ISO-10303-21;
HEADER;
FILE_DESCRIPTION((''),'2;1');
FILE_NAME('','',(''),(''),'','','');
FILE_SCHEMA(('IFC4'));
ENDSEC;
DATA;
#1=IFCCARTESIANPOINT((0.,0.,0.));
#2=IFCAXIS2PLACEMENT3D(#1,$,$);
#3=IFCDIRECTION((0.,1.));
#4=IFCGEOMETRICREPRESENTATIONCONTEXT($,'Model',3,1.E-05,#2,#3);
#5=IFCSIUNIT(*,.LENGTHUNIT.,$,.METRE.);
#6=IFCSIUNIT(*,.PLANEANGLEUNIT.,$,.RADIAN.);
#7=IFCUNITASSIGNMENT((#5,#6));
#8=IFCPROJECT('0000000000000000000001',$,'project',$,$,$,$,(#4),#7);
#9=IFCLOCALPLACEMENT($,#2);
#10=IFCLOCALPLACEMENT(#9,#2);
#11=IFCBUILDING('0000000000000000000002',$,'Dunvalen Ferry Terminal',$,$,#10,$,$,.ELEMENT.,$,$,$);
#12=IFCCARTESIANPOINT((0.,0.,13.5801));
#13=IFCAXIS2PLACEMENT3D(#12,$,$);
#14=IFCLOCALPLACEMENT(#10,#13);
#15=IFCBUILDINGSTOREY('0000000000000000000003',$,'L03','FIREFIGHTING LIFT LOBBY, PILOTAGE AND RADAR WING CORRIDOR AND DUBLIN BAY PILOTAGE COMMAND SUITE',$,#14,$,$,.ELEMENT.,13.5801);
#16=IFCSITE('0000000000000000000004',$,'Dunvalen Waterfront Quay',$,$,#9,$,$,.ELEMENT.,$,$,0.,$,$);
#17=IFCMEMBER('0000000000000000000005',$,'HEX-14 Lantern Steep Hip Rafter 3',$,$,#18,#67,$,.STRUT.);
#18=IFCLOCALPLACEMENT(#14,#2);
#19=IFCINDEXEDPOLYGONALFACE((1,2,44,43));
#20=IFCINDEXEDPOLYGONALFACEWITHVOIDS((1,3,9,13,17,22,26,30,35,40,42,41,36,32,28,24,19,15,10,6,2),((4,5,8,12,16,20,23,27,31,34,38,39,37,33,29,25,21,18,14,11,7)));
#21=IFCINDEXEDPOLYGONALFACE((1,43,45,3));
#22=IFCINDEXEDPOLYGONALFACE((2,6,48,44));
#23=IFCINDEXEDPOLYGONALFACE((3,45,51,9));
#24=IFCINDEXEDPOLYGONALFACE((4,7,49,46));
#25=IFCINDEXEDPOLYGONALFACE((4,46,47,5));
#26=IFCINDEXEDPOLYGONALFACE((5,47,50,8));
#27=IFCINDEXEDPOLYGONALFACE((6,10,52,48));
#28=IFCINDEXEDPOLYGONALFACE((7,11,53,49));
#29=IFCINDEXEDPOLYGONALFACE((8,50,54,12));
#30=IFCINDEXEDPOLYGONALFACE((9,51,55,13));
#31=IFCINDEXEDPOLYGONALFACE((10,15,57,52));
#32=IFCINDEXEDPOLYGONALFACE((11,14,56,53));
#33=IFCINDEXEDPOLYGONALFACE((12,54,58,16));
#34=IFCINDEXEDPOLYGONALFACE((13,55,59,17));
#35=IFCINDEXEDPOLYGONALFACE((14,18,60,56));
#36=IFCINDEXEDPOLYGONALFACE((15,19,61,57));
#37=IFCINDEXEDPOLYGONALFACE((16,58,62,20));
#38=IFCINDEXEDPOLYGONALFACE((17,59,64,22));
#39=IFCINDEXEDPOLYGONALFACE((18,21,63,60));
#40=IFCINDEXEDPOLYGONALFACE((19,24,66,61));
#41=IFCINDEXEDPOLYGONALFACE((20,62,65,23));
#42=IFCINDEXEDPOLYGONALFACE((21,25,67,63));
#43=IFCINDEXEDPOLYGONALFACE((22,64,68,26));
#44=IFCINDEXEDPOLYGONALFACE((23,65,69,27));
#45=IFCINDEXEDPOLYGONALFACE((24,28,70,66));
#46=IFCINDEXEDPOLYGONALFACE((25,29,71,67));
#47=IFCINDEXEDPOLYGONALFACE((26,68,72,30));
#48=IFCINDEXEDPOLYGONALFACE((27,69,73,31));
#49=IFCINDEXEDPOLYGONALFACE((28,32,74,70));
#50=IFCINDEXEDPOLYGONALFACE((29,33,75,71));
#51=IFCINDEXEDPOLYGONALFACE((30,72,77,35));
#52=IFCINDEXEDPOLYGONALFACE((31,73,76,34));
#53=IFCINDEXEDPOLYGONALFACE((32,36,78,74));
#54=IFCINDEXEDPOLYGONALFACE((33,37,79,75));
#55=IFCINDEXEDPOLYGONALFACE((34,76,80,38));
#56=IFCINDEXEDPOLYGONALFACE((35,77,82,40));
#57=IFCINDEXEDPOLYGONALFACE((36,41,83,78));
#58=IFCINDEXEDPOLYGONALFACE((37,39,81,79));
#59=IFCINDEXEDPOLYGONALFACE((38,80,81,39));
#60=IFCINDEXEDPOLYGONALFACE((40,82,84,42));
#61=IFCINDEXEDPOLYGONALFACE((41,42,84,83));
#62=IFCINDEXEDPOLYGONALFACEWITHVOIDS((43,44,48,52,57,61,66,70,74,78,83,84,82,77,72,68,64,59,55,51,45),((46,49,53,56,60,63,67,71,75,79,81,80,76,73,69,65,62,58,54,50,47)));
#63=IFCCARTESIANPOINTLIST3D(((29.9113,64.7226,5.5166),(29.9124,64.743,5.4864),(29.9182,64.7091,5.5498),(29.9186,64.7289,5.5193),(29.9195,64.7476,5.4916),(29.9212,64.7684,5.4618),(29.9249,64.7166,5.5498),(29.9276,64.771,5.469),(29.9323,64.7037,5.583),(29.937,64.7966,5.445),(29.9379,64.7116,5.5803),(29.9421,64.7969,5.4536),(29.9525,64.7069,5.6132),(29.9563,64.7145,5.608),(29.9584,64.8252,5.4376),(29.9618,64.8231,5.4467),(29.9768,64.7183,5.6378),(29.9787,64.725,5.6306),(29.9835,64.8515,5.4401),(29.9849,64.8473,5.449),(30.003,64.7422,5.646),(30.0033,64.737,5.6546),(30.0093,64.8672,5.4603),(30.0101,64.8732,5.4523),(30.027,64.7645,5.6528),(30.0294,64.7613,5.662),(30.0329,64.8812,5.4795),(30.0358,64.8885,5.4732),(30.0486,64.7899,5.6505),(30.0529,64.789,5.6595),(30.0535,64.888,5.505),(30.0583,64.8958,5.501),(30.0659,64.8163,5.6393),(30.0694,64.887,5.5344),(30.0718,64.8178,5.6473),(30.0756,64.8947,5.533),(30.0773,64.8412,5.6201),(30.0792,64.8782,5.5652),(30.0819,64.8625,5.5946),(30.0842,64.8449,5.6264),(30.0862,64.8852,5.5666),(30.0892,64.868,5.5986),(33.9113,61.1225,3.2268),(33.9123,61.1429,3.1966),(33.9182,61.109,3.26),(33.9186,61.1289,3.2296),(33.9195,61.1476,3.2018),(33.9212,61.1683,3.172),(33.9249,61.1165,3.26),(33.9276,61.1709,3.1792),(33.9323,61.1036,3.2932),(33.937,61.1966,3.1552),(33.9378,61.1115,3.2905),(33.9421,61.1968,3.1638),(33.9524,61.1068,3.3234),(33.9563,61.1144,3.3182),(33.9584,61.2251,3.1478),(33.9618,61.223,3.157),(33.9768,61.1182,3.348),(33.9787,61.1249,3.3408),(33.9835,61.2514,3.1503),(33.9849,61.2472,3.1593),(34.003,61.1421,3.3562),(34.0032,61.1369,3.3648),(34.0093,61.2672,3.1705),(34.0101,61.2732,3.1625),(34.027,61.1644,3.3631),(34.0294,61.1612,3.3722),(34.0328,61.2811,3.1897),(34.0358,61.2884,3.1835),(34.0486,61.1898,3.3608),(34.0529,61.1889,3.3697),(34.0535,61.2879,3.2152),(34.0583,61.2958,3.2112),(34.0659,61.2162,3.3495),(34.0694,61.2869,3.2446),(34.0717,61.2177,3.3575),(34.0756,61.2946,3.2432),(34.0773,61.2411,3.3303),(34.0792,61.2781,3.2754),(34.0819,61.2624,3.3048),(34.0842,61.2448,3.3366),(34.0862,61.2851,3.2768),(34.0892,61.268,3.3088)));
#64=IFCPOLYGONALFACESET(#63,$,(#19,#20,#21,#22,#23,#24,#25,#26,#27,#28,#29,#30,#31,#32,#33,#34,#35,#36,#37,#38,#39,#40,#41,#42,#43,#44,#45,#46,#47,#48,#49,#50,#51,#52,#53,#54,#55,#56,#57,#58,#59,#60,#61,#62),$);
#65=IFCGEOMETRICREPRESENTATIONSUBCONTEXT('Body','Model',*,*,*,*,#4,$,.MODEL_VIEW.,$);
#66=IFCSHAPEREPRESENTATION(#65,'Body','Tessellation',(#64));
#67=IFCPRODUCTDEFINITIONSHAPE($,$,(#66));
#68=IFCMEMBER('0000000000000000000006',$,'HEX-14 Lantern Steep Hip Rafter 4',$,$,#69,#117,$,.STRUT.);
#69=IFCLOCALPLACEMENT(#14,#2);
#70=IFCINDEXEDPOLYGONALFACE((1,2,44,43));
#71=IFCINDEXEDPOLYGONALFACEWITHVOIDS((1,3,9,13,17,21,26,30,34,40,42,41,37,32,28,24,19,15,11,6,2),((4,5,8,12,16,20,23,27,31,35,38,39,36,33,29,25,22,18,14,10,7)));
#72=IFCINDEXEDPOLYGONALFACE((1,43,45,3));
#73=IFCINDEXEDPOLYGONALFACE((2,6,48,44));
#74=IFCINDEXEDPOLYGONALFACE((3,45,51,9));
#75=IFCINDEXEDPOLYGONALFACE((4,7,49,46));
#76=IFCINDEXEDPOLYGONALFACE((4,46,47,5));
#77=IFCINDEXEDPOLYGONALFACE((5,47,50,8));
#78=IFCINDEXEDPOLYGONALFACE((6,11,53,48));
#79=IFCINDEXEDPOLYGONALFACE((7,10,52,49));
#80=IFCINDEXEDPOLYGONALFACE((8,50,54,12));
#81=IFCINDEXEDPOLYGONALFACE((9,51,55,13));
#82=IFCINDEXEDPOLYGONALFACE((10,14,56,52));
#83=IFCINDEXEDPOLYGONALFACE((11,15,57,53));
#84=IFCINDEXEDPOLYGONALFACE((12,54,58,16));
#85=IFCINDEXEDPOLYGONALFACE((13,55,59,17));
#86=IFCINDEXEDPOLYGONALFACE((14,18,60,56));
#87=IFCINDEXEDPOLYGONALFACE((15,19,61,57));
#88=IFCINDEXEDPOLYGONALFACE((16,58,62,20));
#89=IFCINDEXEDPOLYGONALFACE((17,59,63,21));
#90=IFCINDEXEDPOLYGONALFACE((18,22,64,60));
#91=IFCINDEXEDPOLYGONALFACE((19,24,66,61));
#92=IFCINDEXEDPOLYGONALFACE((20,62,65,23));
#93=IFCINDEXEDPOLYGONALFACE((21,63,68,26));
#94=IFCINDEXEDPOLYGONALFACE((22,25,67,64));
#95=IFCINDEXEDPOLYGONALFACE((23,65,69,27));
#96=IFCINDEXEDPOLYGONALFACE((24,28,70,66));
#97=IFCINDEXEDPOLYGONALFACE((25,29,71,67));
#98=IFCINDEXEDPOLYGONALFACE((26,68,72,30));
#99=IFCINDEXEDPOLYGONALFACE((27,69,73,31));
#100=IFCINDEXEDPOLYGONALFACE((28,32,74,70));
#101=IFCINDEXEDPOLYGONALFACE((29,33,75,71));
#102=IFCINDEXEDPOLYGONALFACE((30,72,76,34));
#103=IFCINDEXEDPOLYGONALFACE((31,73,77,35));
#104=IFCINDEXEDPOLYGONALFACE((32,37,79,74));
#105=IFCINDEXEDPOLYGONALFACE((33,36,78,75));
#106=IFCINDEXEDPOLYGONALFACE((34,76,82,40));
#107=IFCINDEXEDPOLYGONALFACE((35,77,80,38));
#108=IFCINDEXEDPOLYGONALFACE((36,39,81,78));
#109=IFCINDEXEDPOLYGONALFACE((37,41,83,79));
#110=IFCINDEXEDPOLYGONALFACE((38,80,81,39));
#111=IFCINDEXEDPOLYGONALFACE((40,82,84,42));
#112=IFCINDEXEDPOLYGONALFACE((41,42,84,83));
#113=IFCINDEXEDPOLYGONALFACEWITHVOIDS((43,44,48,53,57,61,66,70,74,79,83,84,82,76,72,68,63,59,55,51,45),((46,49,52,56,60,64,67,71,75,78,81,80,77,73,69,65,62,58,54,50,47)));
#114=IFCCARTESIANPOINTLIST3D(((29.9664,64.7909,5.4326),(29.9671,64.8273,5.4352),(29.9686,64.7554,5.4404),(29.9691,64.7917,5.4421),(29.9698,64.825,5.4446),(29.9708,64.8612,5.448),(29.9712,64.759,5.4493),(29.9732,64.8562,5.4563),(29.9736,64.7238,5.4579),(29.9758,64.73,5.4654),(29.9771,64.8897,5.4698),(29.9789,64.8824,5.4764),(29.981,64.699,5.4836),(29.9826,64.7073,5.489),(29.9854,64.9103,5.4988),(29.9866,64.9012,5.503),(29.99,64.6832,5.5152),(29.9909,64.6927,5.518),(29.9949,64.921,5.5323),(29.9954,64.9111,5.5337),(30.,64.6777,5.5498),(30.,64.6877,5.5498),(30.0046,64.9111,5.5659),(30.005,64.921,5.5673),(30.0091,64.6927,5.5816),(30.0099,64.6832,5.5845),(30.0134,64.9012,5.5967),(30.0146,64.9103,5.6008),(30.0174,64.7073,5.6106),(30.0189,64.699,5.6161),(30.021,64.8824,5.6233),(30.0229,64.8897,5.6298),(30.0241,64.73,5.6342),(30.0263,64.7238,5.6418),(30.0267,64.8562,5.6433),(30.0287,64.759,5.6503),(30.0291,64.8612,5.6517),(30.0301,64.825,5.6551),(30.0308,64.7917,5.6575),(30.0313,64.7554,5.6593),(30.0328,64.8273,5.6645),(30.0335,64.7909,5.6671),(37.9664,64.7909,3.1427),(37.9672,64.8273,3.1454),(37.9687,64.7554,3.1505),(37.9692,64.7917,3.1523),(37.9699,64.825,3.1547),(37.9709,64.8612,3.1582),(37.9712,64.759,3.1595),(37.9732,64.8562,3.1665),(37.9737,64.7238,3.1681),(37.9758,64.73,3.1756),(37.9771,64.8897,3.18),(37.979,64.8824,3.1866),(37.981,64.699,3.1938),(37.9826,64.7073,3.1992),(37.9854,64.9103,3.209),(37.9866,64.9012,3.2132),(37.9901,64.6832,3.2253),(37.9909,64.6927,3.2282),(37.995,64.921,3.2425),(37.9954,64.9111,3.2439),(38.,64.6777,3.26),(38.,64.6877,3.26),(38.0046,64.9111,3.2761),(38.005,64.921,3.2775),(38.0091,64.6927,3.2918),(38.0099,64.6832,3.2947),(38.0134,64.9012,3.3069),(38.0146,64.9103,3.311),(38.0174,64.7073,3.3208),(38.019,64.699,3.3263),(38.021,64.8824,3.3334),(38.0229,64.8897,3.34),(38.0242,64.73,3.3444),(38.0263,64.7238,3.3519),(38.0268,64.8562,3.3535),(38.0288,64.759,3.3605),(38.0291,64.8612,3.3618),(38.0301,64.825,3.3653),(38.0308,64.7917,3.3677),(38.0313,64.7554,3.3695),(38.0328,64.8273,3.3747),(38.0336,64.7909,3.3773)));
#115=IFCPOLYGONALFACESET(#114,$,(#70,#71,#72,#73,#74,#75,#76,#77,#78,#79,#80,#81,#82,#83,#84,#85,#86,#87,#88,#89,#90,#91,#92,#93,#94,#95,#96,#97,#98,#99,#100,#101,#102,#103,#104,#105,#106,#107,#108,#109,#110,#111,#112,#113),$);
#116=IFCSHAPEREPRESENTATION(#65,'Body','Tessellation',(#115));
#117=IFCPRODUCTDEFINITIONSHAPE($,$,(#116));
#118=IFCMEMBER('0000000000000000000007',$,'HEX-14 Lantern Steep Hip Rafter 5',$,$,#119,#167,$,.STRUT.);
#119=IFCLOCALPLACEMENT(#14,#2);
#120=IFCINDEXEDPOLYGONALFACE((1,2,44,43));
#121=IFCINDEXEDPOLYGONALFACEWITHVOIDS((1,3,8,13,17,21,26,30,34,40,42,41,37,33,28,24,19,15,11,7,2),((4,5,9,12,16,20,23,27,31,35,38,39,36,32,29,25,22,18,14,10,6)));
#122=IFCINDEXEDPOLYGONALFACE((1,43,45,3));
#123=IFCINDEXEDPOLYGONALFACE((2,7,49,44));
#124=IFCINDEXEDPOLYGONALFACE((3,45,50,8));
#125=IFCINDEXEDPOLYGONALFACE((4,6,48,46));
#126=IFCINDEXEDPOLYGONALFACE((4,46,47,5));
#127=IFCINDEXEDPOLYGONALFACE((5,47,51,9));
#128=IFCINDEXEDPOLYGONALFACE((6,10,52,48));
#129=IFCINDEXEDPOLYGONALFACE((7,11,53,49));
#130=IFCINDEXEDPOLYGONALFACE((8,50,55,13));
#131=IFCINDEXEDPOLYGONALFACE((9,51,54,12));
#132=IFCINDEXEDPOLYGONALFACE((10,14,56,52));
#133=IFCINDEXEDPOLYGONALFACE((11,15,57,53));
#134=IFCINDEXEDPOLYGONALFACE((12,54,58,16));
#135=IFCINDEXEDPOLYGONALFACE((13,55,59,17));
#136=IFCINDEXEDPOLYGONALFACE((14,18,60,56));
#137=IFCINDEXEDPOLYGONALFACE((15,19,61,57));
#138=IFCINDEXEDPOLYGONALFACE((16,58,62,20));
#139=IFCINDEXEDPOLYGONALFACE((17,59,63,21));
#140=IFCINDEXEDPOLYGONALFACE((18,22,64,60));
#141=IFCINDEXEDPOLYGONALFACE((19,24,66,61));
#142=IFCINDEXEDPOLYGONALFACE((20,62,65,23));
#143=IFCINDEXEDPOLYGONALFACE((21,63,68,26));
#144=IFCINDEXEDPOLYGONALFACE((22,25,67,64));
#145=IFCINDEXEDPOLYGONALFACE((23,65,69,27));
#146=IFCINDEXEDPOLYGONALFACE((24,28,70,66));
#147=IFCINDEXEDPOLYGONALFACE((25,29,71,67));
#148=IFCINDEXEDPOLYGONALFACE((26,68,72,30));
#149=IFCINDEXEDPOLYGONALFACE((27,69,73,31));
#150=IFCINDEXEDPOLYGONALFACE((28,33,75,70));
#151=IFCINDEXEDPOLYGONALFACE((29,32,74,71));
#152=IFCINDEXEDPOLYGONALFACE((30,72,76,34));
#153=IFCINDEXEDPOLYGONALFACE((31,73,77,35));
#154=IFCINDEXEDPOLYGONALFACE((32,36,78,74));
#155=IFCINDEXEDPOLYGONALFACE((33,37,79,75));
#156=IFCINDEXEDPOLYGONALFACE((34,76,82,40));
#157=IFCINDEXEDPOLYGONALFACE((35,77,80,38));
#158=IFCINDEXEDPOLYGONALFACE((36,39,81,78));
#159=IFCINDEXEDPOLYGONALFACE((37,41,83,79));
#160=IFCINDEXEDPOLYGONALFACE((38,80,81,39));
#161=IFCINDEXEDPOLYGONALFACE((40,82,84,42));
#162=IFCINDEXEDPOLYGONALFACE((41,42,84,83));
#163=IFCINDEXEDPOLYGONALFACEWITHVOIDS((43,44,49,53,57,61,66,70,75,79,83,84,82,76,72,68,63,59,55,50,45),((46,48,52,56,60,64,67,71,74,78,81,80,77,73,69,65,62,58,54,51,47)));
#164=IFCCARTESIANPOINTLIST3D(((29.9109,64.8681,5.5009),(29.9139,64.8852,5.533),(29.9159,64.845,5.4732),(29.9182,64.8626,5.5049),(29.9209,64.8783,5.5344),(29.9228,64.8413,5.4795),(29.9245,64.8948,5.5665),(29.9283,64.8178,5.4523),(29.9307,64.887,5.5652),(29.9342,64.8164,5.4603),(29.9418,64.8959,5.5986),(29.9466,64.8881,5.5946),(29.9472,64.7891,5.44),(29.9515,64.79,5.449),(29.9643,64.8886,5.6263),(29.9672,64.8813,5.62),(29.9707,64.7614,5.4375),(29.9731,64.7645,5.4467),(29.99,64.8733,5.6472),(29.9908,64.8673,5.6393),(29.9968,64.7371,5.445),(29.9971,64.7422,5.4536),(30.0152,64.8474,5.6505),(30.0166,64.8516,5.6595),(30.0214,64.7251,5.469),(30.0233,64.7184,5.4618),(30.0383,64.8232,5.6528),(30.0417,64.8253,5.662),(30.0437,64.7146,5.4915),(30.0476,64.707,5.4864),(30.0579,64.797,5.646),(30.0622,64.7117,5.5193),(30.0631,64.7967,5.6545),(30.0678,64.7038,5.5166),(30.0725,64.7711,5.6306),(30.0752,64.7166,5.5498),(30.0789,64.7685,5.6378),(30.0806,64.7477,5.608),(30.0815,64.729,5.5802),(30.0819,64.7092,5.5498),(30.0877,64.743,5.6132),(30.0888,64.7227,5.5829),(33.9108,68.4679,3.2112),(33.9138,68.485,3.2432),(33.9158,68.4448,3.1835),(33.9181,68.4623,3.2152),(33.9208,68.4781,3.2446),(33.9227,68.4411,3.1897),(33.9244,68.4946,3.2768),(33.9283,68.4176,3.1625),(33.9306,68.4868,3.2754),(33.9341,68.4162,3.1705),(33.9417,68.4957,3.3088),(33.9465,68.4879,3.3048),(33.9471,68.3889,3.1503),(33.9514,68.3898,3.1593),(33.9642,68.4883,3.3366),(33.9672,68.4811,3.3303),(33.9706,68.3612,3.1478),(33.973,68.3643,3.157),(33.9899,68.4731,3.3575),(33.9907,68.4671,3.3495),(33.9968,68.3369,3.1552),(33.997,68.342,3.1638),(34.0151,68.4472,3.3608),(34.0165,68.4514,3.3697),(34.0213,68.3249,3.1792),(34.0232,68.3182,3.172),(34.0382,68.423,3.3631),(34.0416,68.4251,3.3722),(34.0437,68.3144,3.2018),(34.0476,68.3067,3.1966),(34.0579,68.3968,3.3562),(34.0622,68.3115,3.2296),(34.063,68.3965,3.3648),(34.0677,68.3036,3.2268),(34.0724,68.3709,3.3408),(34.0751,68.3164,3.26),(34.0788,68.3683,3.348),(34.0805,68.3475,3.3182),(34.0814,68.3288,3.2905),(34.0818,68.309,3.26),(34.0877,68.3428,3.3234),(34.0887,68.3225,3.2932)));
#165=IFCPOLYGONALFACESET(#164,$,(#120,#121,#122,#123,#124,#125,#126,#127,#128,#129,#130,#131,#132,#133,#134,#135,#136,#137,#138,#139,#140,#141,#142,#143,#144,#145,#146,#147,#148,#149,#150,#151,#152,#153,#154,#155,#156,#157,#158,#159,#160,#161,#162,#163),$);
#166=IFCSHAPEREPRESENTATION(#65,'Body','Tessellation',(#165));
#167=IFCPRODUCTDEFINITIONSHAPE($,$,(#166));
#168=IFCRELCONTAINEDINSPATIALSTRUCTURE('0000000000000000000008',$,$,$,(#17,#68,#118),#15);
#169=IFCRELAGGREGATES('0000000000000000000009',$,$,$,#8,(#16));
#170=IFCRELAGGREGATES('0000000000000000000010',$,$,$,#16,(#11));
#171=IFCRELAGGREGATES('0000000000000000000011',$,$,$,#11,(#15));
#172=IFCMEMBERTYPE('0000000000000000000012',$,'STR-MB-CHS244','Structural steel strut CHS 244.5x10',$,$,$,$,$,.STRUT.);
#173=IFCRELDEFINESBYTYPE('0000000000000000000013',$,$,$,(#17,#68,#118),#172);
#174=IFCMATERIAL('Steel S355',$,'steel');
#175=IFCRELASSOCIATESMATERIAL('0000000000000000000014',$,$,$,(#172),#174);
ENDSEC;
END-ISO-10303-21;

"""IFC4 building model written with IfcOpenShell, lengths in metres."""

from ifc_helpers import new_model, si_unit, direction, frame, origin, origin_2d, place, context, subcontext, project, spatial, hollow_circle, extrude, material, material_profile, profile_set, type_object, element, save


model = new_model("IFC4")

# Units and contexts
model_context = context("Model", 3, precision=1e-05, world=origin(), true_north=direction((0.0, 1.0)))
body_context = subcontext(model_context, "Body", "Model", "MODEL_VIEW")
ifc_project = project(units=[si_unit("LENGTHUNIT", "METRE"), si_unit("PLANEANGLEUNIT", "RADIAN")], contexts=[model_context])

# Site, building, storey
site_placement = place(None, origin())
site = spatial("IfcSite", under=ifc_project, at=site_placement, Name="Dunvalen Waterfront Quay", CompositionType="ELEMENT", RefElevation=0.0)
building_placement = place(site_placement, origin())
building = spatial("IfcBuilding", under=site, at=building_placement, Name="Dunvalen Ferry Terminal", CompositionType="ELEMENT")
storey_placement = place(building_placement, frame((0.0, 0.0, 13.5801)))
storey = spatial("IfcBuildingStorey", under=building, at=storey_placement, Name="L03", Description="FIREFIGHTING LIFT LOBBY, PILOTAGE AND RADAR WING CORRIDOR AND DUBLIN BAY PILOTAGE COMMAND SUITE", CompositionType="ELEMENT", Elevation=13.5801)

# Shared definitions
ifc_material_1 = material(Name="Steel S355", Category="steel")

# Members
ifc_material_profile_1 = material_profile(ifc_material_1, hollow_circle(Radius=0.1223, WallThickness=0.01, at=origin_2d()), Name="Steel S355")
ifc_profile_set_1 = profile_set([ifc_material_profile_1], Name="Steel S355")
member_type = type_object("IfcMemberType", Name="STR-MB-CHS244", Description="Structural steel strut CHS 244.5x10", PredefinedType="STRUT", material=ifc_profile_set_1)
for number, where, z_axis, x_axis, name in (
    (1, (34.0, 61.2, 3.26), (-0.683947, 0.615569, 0.391525), (-0.668975, -0.743285, 0.0), "HEX-14 Lantern Steep Hip Rafter 3"),
):
    element("IfcMember", number, at=place(storey_placement, frame(where, z_axis=z_axis, x_axis=x_axis)), inside=storey, type_object=member_type, Name=name, PredefinedType="STRUT", context=body_context, shape_type="SweptSolid", body=[
        extrude(hollow_circle(Radius=0.1223, WallThickness=0.01, at=origin_2d()), origin(), (0.0, 0.0, 1.0), 5.8484),
    ])
member_1_placement = place(storey_placement, frame((38.0, 64.8, 3.26), z_axis=(-0.961394, 0.0, 0.275174), x_axis=(0.0, -1.0, 0.0)))
element("IfcMember", 2, at=member_1_placement, inside=storey, type_object=member_type, Name="HEX-14 Lantern Steep Hip Rafter 4", PredefinedType="STRUT", context=body_context, shape_type="SweptSolid", body=[
    extrude(hollow_circle(Radius=0.1223, WallThickness=0.01, at=origin_2d()), origin(), (0.0, 0.0, 1.0), 8.3213),
])
for number, where, z_axis, x_axis, name in (
    (3, (34.0, 68.3999, 3.26), (-0.683965, -0.615543, 0.391535), (0.66895, -0.743308, 0.0), "HEX-14 Lantern Steep Hip Rafter 5"),
):
    element("IfcMember", number, at=place(storey_placement, frame(where, z_axis=z_axis, x_axis=x_axis)), inside=storey, type_object=member_type, Name=name, PredefinedType="STRUT", context=body_context, shape_type="SweptSolid", body=[
        extrude(hollow_circle(Radius=0.1223, WallThickness=0.01, at=origin_2d()), origin(), (0.0, 0.0, 1.0), 5.8481),
    ])

save(model, "model.ifc")
